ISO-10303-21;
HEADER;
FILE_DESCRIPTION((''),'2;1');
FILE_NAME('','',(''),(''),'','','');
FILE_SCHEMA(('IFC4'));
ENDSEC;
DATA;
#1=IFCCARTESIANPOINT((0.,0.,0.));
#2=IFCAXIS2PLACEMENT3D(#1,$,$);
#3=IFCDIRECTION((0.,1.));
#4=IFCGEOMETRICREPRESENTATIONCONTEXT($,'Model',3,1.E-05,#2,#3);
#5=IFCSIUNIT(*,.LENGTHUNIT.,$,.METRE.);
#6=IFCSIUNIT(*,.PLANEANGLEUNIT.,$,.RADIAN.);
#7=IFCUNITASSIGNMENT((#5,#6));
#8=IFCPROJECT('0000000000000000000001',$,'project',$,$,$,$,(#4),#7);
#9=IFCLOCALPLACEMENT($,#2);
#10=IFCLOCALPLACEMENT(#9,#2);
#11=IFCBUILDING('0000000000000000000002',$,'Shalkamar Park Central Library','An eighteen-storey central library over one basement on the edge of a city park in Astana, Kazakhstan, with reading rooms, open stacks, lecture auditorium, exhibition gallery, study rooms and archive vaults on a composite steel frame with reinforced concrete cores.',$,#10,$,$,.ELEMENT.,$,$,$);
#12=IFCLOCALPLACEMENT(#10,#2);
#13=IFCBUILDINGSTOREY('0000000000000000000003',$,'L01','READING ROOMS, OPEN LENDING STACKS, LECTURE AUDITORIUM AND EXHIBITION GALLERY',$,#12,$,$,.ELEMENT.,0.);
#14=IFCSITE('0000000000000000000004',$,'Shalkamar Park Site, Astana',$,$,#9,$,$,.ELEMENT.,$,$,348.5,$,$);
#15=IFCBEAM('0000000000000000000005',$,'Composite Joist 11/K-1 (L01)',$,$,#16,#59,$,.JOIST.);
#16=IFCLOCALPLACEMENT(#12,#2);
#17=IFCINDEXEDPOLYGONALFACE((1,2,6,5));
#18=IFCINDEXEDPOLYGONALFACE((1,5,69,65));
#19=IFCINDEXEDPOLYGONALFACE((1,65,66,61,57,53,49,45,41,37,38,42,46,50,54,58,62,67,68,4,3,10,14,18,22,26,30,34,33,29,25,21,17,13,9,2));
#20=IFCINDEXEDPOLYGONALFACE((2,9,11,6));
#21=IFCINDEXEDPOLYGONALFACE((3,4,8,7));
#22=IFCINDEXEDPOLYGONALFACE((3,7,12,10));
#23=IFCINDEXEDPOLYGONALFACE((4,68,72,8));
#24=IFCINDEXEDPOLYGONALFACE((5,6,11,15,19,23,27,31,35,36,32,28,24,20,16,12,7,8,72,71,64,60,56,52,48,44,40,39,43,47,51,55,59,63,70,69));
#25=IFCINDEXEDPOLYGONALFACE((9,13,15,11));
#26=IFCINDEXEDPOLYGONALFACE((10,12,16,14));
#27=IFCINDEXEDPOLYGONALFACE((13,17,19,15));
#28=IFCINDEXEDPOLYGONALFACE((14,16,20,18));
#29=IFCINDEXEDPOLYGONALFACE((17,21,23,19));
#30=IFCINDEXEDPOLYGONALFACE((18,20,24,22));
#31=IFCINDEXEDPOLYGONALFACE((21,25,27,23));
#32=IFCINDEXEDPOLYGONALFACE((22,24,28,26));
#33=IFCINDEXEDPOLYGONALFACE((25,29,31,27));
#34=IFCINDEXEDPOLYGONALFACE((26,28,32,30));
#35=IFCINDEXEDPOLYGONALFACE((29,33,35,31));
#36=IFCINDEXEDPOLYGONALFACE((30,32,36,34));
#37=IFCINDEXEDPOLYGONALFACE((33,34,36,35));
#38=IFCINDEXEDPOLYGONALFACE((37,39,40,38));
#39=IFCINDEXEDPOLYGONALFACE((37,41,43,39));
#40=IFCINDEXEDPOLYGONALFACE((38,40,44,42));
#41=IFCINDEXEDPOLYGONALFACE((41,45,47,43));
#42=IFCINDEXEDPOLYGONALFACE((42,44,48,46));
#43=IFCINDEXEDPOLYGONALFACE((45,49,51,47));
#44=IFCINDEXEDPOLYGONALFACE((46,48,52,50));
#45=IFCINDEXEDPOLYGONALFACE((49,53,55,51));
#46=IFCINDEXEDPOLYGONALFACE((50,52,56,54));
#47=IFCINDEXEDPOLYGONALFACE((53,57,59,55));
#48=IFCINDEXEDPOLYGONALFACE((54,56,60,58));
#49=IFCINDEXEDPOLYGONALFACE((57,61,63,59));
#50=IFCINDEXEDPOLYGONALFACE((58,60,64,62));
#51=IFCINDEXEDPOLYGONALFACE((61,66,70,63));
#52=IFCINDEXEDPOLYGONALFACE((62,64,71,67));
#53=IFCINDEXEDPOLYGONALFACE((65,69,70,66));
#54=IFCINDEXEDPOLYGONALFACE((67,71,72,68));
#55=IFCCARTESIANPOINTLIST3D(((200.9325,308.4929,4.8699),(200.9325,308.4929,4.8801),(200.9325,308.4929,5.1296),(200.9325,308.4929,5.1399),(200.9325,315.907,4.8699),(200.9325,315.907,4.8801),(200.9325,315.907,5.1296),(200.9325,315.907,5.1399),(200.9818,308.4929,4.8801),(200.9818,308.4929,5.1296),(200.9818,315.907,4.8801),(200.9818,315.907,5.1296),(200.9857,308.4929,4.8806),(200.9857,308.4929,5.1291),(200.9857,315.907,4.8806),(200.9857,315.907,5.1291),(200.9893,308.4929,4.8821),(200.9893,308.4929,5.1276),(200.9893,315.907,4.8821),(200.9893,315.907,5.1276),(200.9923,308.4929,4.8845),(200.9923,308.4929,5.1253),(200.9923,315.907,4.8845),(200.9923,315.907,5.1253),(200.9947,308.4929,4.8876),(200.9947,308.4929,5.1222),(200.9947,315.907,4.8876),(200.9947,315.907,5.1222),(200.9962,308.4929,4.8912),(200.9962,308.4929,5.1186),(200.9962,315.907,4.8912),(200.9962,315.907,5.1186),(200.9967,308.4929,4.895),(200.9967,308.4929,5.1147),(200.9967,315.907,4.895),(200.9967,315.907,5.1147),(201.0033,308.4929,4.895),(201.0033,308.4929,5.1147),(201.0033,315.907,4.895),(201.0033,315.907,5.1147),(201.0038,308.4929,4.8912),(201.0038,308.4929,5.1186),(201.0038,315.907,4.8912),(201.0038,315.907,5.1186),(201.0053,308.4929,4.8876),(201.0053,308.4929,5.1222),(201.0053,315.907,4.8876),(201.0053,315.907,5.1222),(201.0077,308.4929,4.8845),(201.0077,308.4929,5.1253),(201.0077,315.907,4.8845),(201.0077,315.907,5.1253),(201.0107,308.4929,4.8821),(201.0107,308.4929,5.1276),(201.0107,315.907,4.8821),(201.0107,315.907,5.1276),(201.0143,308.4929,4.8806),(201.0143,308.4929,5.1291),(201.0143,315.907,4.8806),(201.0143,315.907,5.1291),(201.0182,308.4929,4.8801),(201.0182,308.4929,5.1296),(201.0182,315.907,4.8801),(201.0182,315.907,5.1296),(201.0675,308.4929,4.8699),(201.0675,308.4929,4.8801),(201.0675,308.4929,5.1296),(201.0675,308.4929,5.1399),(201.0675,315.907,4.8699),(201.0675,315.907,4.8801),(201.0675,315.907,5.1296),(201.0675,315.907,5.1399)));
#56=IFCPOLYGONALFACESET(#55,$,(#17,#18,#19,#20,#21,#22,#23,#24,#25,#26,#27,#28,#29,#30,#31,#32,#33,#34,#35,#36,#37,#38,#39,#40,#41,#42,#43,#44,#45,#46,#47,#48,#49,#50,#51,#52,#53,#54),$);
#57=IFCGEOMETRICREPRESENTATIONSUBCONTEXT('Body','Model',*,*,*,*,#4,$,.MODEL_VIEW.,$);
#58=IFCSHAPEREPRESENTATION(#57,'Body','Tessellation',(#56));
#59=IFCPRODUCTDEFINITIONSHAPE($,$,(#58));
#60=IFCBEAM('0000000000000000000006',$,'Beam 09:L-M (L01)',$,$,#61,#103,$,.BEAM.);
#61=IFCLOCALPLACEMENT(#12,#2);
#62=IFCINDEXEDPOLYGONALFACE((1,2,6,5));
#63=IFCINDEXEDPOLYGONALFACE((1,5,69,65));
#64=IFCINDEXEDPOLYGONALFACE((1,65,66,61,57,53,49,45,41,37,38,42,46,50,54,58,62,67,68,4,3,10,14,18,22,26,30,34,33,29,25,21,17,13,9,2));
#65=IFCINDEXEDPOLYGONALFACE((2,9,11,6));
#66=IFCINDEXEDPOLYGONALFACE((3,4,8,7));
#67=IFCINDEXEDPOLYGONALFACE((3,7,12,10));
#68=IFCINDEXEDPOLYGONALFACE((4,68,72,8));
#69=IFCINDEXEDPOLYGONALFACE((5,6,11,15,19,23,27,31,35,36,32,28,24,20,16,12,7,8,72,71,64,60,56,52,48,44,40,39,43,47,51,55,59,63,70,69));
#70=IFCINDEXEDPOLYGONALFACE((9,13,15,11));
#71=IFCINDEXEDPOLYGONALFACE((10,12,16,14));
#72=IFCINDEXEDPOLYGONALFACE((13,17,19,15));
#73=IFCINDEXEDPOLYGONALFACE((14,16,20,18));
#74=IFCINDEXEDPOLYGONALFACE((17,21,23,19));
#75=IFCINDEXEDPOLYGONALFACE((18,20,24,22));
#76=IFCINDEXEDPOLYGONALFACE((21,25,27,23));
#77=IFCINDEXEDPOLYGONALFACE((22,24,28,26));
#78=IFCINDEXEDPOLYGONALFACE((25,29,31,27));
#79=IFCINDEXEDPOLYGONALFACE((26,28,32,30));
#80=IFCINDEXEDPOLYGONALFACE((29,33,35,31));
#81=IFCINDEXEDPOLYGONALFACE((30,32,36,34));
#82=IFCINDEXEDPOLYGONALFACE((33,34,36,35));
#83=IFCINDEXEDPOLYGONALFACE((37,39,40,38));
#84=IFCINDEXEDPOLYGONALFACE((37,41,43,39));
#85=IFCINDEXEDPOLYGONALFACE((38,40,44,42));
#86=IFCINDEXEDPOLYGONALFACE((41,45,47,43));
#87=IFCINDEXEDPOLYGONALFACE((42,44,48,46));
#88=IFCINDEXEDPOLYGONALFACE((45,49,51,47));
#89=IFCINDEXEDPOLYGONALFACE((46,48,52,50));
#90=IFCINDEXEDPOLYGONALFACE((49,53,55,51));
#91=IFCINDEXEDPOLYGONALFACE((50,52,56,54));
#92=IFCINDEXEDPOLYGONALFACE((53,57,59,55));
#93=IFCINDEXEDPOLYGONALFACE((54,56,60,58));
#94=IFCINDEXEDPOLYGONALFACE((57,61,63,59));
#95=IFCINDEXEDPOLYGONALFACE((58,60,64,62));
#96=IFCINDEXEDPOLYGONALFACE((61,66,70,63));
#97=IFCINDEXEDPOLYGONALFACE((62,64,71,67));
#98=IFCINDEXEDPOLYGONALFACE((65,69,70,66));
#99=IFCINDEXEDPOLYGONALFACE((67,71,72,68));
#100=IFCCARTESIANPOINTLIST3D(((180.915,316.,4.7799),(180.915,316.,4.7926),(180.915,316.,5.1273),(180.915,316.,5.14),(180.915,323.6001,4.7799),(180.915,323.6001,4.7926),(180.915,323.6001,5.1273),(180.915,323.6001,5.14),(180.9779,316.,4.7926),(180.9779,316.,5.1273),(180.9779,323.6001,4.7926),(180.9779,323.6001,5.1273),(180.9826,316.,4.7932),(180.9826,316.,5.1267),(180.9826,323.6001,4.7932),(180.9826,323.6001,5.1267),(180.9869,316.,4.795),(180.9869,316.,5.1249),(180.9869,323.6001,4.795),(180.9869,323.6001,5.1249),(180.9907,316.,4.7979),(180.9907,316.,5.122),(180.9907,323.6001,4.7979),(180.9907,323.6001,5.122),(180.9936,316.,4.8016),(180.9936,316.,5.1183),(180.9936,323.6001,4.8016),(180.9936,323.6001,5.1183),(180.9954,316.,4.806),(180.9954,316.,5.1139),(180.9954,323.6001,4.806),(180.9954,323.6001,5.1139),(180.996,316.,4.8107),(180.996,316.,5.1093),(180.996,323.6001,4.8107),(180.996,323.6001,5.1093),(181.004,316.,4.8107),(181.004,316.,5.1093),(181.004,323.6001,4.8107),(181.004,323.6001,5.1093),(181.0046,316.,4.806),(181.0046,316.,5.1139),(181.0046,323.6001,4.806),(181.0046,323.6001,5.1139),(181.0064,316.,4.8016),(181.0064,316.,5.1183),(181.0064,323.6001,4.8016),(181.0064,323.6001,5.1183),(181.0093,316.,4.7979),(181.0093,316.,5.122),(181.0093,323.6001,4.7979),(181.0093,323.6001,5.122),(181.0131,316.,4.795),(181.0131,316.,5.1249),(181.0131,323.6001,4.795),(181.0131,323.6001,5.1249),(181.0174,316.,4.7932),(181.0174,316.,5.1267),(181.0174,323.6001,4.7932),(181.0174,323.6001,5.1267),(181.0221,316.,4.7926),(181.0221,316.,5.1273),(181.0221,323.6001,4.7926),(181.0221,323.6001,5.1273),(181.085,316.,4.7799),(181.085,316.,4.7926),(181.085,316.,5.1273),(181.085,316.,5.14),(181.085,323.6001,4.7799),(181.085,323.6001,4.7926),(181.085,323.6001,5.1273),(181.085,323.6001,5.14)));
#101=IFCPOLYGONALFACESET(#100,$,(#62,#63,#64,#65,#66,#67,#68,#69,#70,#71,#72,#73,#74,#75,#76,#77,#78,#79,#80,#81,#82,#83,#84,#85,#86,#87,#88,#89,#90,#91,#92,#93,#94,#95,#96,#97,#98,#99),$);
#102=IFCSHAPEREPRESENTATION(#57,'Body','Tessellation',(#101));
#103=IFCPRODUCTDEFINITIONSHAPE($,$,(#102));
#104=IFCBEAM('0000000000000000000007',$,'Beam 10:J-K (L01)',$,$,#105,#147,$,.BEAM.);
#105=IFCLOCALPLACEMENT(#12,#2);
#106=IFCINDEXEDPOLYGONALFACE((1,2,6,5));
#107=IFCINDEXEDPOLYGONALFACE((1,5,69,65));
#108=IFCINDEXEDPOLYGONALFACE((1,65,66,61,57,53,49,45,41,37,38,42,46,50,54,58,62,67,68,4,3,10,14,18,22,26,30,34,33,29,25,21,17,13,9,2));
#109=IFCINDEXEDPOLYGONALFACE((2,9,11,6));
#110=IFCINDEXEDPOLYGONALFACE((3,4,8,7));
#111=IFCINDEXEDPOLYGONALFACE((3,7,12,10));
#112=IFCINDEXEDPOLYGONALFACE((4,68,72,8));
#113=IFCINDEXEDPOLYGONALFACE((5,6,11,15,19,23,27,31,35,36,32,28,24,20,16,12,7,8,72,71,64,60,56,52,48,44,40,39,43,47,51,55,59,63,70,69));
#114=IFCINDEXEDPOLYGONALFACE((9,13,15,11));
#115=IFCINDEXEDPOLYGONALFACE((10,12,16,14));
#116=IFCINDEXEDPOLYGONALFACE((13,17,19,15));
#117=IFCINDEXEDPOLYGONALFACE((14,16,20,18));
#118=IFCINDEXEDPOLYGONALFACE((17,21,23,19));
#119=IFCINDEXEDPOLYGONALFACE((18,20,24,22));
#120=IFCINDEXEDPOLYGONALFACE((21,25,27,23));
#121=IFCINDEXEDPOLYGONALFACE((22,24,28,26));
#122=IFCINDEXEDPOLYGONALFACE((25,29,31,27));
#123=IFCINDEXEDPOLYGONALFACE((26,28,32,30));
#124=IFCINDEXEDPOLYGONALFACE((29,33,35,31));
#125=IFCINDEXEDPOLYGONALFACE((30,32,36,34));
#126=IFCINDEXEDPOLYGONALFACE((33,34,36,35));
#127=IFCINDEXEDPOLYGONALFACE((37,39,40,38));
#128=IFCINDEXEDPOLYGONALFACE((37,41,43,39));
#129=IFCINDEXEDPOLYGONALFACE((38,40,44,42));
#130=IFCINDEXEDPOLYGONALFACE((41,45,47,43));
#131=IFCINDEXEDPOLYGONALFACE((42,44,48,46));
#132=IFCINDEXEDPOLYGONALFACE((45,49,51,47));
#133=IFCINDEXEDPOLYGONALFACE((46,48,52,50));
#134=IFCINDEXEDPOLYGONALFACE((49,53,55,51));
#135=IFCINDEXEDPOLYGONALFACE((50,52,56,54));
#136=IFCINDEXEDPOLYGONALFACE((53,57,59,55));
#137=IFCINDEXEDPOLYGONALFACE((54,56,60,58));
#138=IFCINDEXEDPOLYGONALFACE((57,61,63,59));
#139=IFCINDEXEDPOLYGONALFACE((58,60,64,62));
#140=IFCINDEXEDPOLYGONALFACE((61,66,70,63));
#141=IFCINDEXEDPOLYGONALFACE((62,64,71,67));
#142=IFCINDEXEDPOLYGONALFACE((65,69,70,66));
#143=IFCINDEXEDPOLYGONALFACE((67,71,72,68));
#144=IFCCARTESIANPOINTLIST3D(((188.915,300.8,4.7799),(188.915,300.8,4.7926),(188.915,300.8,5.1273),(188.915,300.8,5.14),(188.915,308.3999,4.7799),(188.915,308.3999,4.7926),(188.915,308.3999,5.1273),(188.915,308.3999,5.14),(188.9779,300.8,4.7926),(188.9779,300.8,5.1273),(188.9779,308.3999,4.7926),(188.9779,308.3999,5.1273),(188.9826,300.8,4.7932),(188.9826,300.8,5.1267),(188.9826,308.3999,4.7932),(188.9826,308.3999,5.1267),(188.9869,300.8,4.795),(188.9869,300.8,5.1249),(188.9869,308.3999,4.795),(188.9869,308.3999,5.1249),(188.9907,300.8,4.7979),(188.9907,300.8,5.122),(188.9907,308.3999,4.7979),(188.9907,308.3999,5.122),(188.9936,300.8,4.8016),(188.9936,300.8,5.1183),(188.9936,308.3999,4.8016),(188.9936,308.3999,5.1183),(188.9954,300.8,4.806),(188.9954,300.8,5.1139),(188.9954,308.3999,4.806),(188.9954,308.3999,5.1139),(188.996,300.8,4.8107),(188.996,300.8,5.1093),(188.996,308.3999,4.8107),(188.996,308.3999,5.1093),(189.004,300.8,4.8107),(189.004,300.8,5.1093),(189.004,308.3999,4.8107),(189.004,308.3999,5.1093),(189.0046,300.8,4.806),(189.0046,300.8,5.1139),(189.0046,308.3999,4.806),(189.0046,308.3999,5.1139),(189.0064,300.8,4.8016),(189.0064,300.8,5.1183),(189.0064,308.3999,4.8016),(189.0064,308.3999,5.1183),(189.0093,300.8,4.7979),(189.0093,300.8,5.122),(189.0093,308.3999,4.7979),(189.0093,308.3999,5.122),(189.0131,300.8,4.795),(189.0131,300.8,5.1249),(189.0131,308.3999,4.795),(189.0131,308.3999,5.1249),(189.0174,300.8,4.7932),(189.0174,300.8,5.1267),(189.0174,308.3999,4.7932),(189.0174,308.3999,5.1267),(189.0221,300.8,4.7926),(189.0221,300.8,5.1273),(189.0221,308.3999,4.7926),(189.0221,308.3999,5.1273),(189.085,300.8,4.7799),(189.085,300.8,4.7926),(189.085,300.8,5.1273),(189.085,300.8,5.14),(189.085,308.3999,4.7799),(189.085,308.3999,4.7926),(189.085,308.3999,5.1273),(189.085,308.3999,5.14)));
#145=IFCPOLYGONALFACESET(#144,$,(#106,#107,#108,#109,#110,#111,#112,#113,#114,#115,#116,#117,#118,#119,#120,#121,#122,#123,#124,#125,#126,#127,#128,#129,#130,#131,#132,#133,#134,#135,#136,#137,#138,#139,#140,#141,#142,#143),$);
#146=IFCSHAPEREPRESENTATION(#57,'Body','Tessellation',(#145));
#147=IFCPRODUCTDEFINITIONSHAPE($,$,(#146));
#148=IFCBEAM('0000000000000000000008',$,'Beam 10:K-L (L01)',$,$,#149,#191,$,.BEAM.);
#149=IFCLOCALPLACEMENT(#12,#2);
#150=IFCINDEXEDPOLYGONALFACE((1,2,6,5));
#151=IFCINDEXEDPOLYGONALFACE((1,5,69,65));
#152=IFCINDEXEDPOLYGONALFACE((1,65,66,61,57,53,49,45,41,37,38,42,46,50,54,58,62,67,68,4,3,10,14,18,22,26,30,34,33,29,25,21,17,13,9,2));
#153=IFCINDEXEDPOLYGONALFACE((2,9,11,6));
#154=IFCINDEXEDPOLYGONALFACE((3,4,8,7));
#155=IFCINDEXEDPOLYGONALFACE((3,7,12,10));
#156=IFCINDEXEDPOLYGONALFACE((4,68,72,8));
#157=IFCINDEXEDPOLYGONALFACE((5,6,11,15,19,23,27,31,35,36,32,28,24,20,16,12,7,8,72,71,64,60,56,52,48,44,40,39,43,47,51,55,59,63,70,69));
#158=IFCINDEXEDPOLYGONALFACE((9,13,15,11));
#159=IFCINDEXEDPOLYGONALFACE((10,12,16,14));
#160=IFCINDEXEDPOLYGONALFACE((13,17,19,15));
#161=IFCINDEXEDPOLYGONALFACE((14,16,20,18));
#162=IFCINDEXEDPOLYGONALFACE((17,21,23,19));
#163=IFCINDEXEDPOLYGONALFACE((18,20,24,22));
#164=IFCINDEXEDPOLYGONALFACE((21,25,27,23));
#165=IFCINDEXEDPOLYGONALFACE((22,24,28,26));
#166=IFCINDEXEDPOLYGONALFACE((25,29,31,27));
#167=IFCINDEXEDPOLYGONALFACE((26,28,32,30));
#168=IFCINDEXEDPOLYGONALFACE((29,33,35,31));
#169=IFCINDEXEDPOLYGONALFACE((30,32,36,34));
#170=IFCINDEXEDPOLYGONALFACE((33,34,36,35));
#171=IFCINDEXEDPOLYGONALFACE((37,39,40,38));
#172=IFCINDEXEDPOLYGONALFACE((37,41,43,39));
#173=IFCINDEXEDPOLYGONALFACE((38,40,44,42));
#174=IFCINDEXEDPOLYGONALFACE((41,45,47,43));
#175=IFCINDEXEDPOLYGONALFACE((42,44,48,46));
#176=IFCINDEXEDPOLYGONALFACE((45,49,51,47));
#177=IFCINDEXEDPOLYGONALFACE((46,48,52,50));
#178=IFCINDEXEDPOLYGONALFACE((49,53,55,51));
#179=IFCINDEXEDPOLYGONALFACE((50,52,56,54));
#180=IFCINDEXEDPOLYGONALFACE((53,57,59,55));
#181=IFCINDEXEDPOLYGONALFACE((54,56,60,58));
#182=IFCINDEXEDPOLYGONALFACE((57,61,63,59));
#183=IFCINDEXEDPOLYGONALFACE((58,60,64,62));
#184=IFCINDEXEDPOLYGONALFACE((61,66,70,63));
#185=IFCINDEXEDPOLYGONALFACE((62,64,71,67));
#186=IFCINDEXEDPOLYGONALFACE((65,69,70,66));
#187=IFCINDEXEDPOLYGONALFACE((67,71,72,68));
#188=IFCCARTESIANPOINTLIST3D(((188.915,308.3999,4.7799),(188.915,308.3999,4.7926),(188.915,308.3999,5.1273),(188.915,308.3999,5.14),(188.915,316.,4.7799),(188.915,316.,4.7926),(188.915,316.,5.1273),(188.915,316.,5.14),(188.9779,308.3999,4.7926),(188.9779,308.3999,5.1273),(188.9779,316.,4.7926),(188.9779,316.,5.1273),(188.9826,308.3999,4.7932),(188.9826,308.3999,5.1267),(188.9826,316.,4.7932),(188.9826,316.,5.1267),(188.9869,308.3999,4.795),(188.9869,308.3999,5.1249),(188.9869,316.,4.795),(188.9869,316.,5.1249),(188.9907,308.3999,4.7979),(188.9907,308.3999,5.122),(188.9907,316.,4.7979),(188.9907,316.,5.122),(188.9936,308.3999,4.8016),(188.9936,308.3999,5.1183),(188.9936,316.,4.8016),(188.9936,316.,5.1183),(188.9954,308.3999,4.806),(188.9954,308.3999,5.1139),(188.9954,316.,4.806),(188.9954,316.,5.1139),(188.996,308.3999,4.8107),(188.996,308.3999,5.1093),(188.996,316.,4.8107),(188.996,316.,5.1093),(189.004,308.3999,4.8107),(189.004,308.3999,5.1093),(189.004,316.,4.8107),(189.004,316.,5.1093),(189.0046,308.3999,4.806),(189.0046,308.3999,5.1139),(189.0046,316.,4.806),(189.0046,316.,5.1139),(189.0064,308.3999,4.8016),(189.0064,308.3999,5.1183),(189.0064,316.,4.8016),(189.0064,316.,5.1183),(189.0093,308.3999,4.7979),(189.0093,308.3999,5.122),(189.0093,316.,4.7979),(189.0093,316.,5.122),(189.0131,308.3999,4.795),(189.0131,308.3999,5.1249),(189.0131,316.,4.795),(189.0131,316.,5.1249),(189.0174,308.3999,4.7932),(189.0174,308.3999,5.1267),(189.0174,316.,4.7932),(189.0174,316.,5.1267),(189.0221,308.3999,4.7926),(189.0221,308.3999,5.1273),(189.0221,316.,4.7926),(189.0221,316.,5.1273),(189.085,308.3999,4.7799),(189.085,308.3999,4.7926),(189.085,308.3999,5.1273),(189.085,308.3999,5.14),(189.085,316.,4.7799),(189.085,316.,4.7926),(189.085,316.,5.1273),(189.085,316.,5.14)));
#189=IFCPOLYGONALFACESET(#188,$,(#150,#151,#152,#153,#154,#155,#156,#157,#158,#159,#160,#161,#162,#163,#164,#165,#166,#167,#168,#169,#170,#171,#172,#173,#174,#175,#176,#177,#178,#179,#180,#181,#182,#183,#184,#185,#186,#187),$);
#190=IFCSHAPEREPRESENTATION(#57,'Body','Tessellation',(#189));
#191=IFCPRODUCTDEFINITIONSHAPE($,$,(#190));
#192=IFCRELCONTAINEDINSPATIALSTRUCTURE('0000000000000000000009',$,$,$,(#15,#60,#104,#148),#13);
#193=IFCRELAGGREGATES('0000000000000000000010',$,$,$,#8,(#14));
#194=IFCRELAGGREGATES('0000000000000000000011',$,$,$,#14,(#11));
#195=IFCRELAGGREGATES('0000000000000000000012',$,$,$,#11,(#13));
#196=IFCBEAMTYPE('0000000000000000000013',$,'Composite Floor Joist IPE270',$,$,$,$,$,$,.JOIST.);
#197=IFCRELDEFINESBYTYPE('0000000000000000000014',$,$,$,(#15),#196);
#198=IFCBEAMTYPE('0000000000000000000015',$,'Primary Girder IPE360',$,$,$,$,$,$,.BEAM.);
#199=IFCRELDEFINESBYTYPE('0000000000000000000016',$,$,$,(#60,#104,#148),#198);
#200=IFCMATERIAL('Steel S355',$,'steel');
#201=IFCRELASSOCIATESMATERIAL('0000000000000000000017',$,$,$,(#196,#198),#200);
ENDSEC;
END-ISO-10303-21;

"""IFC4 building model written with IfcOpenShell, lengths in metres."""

from ifc_helpers import new_model, si_unit, direction, frame, origin, origin_2d, place, context, subcontext, project, spatial, i_section, extrude, material, material_profile, profile_set, type_object, element, save


model = new_model("IFC4")

# Units and contexts
model_context = context("Model", 3, precision=1e-05, world=origin(), true_north=direction((0.0, 1.0)))
body_context = subcontext(model_context, "Body", "Model", "MODEL_VIEW")
ifc_project = project(units=[si_unit("LENGTHUNIT", "METRE"), si_unit("PLANEANGLEUNIT", "RADIAN")], contexts=[model_context])

# Site, building, storey
site_placement = place(None, origin())
site = spatial("IfcSite", under=ifc_project, at=site_placement, Name="Shalkamar Park Site, Astana", CompositionType="ELEMENT", RefElevation=348.5)
building_placement = place(site_placement, origin())
building = spatial("IfcBuilding", under=site, at=building_placement, Name="Shalkamar Park Central Library", Description="An eighteen-storey central library over one basement on the edge of a city park in Astana, Kazakhstan, with reading rooms, open stacks, lecture auditorium, exhibition gallery, study rooms and archive vaults on a composite steel frame with reinforced concrete cores.", CompositionType="ELEMENT")
storey_placement = place(building_placement, origin())
storey = spatial("IfcBuildingStorey", under=building, at=storey_placement, Name="L01", Description="READING ROOMS, OPEN LENDING STACKS, LECTURE AUDITORIUM AND EXHIBITION GALLERY", CompositionType="ELEMENT", Elevation=0.0)

# Shared definitions
ifc_material_1 = material(Name="Steel S355", Category="steel")

# Beams
ifc_material_profile_1 = material_profile(ifc_material_1, i_section(OverallWidth=0.135, OverallDepth=0.27, WebThickness=0.0066, FlangeThickness=0.0103, FilletRadius=0.0149, at=origin_2d()), Name="IPE 270")
ifc_profile_set_1 = profile_set([ifc_material_profile_1], Name="Steel S355")
beam_type_1 = type_object("IfcBeamType", Name="Composite Floor Joist IPE270", PredefinedType="JOIST", material=ifc_profile_set_1)
for number, where, z_axis, x_axis, name in (
    (1, (201.0, 308.4929, 5.0049), (0.0, 1.0, 0.0), (-1.0, 0.0, 0.0), "Composite Joist 11/K-1 (L01)"),
):
    element("IfcBeam", number, at=place(storey_placement, frame(where, z_axis=z_axis, x_axis=x_axis)), inside=storey, type_object=beam_type_1, Name=name, PredefinedType="JOIST", context=body_context, shape_type="SweptSolid", body=[
        extrude(i_section(OverallWidth=0.135, OverallDepth=0.27, WebThickness=0.0066, FlangeThickness=0.0103, FilletRadius=0.0149, at=origin_2d()), origin(), (0.0, 0.0, 1.0), 7.4141),
    ])
ifc_material_profile_2 = material_profile(ifc_material_1, i_section(OverallWidth=0.1699, OverallDepth=0.3601, WebThickness=0.0081, FlangeThickness=0.0127, FilletRadius=0.0181, at=origin_2d()), Name="IPE 360")
ifc_profile_set_2 = profile_set([ifc_material_profile_2], Name="Steel S355")
beam_type_2 = type_object("IfcBeamType", Name="Primary Girder IPE360", PredefinedType="BEAM", material=ifc_profile_set_2)
beam_1_placement = place(storey_placement, frame((181.0, 316.0, 4.96), z_axis=(0.0, 1.0, 0.0), x_axis=(-1.0, 0.0, 0.0)))
element("IfcBeam", 2, at=beam_1_placement, inside=storey, type_object=beam_type_2, Name="Beam 09:L-M (L01)", PredefinedType="BEAM", context=body_context, shape_type="SweptSolid", body=[
    extrude(i_section(OverallWidth=0.1699, OverallDepth=0.3601, WebThickness=0.0081, FlangeThickness=0.0127, FilletRadius=0.0181, at=origin_2d()), origin(), (0.0, 0.0, 1.0), 7.6001),
])
beam_2_placement = place(storey_placement, frame((189.0, 300.8, 4.96), z_axis=(0.0, 1.0, 0.0), x_axis=(-1.0, 0.0, 0.0)))
element("IfcBeam", 3, at=beam_2_placement, inside=storey, type_object=beam_type_2, Name="Beam 10:J-K (L01)", PredefinedType="BEAM", context=body_context, shape_type="SweptSolid", body=[
    extrude(i_section(OverallWidth=0.1699, OverallDepth=0.3601, WebThickness=0.0081, FlangeThickness=0.0127, FilletRadius=0.0181, at=origin_2d()), origin(), (0.0, 0.0, 1.0), 7.5999),
])
for number, where, z_axis, x_axis, name in (
    (4, (189.0, 308.3999, 4.96), (0.0, 1.0, 0.0), (-1.0, 0.0, 0.0), "Beam 10:K-L (L01)"),
):
    element("IfcBeam", number, at=place(storey_placement, frame(where, z_axis=z_axis, x_axis=x_axis)), inside=storey, type_object=beam_type_2, Name=name, PredefinedType="BEAM", context=body_context, shape_type="SweptSolid", body=[
        extrude(i_section(OverallWidth=0.1699, OverallDepth=0.3601, WebThickness=0.0081, FlangeThickness=0.0127, FilletRadius=0.0181, at=origin_2d()), origin(), (0.0, 0.0, 1.0), 7.6001),
    ])

save(model, "model.ifc")
